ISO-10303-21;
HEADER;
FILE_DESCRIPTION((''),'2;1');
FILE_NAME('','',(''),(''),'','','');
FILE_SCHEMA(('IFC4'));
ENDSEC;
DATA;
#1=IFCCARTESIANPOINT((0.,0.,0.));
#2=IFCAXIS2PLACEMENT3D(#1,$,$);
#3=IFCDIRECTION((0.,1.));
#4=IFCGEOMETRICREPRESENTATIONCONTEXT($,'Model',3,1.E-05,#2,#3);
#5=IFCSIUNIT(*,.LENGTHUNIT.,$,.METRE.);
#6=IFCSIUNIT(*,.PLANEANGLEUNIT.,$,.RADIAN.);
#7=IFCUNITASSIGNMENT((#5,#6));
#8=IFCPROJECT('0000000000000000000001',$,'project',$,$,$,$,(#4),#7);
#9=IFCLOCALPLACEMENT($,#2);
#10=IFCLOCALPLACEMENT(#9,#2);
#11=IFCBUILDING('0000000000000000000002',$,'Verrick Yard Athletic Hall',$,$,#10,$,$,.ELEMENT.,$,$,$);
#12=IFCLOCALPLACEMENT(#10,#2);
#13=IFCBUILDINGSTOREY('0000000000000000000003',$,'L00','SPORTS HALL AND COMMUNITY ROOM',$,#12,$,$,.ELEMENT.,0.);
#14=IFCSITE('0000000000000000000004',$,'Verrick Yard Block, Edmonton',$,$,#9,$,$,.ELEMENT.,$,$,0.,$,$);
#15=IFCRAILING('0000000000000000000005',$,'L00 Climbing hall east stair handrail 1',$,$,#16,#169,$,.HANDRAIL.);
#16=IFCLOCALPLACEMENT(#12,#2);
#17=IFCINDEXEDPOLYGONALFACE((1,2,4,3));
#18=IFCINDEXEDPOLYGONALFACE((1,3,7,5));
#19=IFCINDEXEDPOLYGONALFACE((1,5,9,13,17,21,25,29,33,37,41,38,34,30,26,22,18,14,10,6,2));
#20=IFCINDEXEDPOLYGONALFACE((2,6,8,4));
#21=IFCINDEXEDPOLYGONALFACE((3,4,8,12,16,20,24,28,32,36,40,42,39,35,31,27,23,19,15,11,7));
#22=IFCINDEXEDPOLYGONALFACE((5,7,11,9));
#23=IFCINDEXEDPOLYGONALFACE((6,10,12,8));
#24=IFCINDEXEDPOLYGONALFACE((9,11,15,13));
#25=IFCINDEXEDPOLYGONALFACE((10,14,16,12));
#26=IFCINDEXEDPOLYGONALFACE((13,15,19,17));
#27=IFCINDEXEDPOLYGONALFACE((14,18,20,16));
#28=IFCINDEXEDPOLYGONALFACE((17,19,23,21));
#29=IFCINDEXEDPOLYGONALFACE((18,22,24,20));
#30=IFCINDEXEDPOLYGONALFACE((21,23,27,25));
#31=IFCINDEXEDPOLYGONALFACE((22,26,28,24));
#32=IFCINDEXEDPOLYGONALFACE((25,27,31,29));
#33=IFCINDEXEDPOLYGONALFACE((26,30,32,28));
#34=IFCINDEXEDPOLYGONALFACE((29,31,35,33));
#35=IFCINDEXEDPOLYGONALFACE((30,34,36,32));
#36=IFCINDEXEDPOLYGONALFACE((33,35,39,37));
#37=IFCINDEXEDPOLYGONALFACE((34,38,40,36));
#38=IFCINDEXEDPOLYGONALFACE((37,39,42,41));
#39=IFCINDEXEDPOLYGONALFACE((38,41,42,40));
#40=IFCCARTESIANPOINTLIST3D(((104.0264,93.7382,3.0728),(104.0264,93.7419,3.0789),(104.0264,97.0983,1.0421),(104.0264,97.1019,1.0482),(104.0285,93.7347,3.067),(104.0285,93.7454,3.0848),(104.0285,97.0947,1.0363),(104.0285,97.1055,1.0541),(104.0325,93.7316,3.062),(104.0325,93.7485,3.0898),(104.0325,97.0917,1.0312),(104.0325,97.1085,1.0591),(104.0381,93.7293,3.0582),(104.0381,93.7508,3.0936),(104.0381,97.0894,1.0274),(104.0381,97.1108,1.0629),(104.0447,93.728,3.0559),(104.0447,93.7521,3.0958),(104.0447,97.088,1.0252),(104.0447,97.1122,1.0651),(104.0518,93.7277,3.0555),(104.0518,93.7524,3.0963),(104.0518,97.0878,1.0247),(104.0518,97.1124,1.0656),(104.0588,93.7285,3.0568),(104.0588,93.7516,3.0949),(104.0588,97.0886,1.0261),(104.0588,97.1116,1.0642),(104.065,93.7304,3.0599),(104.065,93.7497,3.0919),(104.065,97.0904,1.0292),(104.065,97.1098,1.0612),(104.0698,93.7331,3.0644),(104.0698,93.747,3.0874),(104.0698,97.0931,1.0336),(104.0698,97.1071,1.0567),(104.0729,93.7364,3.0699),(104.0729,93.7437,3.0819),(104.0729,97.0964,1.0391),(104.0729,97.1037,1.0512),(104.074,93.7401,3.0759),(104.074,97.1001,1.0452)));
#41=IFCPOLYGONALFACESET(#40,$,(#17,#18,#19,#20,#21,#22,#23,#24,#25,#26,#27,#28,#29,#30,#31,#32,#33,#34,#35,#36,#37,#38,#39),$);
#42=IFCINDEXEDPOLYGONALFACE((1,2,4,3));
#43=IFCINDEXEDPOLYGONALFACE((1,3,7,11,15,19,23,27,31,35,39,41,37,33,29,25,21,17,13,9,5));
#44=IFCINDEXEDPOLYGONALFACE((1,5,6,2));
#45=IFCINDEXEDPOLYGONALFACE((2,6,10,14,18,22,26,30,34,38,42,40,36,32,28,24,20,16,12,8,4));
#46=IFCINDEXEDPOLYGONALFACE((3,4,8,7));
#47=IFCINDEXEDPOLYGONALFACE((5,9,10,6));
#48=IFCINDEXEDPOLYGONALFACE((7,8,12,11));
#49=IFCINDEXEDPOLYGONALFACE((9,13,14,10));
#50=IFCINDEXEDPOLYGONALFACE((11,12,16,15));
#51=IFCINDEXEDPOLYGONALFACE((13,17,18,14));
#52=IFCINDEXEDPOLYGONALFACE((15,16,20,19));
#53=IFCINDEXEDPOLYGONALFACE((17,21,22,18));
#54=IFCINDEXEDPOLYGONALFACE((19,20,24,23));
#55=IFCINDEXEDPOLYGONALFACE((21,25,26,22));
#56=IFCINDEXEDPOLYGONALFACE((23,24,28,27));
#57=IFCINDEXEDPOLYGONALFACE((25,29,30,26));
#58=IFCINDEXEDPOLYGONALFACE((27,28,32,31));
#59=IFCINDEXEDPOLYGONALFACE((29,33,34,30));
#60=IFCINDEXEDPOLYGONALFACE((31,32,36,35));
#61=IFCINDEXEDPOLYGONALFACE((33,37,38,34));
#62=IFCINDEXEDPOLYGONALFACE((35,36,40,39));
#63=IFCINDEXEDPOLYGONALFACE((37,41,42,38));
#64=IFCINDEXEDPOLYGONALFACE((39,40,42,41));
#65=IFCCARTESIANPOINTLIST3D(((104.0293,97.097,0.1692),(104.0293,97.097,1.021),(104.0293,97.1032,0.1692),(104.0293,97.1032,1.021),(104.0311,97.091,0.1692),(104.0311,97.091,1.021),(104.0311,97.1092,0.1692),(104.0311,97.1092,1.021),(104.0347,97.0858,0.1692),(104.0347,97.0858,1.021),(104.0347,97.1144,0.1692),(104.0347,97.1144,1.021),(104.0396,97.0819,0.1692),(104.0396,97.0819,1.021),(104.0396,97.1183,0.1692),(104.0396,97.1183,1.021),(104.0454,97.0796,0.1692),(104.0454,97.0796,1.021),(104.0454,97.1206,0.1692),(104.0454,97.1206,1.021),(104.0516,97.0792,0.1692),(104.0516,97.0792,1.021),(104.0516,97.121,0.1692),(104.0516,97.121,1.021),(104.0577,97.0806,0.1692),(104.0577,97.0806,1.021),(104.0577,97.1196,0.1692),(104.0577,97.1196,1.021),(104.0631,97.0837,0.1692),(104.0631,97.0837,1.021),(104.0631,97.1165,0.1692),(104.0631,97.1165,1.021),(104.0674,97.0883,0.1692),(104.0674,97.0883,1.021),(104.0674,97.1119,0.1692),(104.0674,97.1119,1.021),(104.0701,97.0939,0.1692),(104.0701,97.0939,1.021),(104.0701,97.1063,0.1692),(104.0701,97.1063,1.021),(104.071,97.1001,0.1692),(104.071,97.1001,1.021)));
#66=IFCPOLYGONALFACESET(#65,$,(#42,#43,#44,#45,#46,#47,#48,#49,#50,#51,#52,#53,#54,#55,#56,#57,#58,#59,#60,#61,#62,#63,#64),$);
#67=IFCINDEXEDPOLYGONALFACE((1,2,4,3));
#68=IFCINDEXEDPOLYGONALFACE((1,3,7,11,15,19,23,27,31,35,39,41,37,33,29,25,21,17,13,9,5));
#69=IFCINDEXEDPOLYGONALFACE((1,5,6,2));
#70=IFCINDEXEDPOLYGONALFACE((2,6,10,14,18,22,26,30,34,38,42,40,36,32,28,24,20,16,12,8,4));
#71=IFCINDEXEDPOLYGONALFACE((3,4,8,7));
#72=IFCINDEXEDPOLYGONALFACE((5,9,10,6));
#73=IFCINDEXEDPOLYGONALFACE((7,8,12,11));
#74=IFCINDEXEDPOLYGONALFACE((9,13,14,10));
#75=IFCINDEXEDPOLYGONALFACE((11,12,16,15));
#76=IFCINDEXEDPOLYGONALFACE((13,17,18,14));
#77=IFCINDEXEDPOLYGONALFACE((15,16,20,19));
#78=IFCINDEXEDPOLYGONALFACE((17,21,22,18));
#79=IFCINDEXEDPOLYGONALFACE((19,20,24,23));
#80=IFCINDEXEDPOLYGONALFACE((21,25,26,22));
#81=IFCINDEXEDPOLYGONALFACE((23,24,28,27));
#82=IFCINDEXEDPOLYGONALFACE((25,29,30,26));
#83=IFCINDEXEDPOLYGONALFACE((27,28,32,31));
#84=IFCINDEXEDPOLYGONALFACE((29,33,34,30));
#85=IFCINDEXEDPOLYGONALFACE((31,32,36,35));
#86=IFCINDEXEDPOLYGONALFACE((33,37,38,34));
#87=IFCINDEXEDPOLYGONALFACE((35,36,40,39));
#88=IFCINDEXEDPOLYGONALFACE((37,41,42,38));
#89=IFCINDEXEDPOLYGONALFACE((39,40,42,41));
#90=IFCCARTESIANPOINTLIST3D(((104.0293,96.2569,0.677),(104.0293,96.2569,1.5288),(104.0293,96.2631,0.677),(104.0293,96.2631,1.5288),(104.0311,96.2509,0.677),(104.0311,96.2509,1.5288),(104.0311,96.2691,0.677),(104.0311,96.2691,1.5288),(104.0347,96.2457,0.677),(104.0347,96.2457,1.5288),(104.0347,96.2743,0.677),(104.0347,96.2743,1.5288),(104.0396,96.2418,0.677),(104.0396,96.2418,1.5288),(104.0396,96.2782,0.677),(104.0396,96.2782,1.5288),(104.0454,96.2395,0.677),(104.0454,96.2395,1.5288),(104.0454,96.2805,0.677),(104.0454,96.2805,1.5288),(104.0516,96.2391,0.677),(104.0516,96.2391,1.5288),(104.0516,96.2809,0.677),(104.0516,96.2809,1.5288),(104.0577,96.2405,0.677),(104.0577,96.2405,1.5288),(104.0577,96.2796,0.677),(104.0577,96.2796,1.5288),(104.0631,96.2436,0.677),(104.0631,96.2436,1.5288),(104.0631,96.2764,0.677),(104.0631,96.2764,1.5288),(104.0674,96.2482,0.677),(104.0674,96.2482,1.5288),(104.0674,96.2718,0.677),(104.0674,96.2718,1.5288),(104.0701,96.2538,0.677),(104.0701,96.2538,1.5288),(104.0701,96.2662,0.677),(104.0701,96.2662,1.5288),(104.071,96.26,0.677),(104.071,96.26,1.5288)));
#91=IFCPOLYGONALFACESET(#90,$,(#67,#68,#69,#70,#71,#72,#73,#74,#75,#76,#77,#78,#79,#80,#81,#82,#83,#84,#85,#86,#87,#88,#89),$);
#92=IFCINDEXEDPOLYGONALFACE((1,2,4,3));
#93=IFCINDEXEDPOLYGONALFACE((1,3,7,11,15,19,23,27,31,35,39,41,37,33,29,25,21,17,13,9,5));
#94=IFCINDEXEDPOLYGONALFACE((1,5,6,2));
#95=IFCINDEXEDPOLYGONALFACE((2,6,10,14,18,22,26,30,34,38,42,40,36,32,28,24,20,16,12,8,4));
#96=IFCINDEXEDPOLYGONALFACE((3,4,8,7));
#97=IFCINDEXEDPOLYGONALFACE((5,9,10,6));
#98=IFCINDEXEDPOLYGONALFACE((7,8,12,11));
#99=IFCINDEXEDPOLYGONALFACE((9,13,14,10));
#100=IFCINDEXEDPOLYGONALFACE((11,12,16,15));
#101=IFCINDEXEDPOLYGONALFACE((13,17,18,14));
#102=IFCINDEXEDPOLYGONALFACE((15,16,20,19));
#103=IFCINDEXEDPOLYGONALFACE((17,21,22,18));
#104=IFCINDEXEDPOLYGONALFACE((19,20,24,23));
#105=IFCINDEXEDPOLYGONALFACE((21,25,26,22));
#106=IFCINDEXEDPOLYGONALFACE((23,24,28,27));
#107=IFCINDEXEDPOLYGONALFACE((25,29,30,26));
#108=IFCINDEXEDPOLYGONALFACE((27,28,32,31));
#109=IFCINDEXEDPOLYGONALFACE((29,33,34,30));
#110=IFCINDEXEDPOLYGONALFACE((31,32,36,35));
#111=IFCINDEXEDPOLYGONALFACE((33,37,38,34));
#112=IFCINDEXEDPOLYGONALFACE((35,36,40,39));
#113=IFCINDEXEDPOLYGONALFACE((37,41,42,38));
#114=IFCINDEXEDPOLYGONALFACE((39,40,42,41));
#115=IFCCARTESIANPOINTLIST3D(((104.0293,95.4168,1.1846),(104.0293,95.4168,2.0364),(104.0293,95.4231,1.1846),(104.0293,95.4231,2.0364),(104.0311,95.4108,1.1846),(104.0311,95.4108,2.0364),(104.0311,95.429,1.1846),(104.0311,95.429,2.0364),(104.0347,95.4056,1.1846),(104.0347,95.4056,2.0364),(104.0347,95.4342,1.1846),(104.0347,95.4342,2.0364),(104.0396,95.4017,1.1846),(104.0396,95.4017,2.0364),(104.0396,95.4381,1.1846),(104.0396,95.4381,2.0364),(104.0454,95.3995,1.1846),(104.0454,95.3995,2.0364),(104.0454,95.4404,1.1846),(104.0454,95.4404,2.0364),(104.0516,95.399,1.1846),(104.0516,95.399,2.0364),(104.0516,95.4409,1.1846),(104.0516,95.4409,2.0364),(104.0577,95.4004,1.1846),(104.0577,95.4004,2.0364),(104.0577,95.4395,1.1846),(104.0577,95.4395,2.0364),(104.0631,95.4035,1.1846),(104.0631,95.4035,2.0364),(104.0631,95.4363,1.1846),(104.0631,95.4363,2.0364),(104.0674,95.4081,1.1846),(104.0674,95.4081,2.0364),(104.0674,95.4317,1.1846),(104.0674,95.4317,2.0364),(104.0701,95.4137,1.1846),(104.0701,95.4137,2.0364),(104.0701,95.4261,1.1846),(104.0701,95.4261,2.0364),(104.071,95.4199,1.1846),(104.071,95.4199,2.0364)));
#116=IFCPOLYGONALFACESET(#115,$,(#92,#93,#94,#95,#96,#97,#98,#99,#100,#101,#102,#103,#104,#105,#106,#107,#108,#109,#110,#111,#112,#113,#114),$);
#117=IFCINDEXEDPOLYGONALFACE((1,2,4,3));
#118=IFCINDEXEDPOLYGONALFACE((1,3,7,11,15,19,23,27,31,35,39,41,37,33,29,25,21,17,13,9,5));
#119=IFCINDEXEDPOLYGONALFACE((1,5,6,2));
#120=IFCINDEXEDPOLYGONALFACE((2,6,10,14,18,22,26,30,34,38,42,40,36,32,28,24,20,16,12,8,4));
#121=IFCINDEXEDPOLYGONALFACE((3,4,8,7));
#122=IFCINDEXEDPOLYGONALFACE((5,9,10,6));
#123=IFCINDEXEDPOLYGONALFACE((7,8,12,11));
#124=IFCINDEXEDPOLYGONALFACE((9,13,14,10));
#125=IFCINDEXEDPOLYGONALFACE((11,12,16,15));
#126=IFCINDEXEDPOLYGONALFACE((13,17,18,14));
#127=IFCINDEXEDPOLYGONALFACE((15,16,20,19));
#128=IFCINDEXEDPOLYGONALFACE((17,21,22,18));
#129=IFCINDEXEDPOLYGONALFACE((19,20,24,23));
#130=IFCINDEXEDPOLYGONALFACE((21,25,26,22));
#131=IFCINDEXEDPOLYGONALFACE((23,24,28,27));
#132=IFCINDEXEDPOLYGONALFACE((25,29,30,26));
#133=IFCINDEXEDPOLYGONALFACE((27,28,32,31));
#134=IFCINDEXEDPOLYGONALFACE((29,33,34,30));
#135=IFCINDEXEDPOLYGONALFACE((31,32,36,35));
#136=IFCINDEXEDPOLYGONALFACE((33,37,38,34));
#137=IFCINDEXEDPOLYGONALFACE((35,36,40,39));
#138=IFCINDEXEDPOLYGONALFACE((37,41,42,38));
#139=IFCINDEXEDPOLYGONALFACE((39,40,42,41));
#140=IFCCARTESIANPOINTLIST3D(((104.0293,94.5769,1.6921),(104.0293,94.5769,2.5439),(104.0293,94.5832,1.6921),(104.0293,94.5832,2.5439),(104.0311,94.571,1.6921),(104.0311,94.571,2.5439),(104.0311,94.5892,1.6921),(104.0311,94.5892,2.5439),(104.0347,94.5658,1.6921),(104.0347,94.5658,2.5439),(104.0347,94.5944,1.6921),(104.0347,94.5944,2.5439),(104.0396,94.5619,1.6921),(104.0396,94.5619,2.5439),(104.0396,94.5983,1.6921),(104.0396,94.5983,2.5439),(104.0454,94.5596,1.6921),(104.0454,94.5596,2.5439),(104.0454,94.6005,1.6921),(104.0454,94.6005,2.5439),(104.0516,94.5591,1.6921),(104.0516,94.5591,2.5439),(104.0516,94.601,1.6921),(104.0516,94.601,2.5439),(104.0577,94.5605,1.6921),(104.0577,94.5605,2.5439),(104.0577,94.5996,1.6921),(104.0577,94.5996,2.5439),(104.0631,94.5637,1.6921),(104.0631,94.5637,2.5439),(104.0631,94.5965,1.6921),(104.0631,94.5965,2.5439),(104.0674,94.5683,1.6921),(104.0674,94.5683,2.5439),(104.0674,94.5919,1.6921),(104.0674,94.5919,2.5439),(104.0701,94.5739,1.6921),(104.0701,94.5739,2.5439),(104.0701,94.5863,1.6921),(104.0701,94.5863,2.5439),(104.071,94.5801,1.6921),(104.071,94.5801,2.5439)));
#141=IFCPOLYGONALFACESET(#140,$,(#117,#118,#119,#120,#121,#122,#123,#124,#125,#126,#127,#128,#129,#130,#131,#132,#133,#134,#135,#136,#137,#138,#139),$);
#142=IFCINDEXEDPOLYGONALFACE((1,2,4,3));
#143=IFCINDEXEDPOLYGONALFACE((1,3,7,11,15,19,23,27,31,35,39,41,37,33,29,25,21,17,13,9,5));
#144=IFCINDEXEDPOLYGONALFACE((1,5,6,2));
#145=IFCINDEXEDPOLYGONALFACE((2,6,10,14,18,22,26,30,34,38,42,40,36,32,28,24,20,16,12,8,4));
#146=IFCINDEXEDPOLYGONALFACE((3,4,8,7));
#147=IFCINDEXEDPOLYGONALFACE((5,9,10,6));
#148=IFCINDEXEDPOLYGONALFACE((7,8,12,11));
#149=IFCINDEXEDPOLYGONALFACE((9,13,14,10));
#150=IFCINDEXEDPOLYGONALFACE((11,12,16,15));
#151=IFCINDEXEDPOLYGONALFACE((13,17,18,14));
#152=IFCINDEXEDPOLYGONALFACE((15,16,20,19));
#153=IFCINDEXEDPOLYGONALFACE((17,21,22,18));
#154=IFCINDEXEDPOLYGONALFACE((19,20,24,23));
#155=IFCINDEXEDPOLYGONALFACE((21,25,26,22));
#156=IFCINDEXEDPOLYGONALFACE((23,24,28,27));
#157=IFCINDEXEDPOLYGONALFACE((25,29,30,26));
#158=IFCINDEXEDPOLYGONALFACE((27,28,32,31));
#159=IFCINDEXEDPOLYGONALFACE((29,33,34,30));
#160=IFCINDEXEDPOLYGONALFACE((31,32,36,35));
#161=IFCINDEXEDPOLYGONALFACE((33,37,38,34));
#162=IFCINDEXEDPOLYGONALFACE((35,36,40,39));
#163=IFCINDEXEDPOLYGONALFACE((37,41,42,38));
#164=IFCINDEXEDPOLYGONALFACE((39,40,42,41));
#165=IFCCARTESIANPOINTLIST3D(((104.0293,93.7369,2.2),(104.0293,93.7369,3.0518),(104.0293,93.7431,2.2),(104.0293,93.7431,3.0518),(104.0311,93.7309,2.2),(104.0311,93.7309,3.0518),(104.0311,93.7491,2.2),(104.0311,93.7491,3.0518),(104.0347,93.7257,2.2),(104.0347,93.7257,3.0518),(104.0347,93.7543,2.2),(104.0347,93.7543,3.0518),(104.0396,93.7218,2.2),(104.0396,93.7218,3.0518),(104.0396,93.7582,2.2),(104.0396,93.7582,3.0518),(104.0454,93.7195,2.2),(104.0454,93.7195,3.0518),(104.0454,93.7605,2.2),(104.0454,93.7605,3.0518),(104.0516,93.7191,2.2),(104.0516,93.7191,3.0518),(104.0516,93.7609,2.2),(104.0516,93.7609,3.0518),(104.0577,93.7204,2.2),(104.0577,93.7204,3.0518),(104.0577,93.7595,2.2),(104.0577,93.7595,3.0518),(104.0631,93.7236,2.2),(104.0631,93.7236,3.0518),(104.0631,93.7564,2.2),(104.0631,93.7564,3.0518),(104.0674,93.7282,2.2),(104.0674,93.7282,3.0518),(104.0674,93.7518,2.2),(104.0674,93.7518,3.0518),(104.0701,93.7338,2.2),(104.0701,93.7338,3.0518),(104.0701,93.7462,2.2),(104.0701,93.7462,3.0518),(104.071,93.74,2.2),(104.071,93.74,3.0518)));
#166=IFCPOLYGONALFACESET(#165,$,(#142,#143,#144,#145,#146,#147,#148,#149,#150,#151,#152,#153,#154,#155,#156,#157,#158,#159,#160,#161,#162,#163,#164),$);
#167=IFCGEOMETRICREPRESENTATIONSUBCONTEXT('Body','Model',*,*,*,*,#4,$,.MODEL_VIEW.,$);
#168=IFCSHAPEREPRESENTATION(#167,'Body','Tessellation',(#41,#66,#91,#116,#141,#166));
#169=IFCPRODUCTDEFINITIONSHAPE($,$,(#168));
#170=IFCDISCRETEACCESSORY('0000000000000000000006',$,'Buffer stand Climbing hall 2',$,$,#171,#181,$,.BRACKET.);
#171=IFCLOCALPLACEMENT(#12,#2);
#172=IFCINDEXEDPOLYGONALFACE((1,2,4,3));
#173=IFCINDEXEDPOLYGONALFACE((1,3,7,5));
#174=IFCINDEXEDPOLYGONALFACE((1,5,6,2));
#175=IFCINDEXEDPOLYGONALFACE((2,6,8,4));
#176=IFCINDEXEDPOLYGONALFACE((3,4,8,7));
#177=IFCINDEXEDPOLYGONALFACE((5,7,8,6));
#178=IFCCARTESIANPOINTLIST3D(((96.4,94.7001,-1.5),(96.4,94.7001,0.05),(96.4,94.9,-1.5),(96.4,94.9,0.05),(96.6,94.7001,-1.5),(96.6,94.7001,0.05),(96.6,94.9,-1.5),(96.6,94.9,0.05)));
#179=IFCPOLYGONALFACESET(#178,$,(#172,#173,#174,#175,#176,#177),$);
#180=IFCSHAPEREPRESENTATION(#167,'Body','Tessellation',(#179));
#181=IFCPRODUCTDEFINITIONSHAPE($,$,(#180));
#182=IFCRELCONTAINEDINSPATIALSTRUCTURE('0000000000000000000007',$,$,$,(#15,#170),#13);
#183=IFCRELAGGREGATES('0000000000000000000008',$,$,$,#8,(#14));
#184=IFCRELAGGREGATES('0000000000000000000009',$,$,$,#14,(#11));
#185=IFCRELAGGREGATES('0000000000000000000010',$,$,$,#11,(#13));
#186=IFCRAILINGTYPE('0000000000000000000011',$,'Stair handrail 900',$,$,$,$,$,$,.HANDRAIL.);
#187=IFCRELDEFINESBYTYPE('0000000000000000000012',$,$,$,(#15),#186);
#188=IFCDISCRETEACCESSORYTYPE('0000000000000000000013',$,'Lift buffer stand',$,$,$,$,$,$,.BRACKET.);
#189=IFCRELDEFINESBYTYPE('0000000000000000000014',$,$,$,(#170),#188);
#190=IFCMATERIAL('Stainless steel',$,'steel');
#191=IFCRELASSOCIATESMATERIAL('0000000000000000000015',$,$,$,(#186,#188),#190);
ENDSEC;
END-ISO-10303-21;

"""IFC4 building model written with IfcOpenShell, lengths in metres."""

from ifc_helpers import new_model, si_unit, direction, frame, origin, origin_2d, place, context, subcontext, project, spatial, rectangle, circle, extrude, material, type_object, element, save


model = new_model("IFC4")

# Units and contexts
model_context = context("Model", 3, precision=1e-05, world=origin(), true_north=direction((0.0, 1.0)))
body_context = subcontext(model_context, "Body", "Model", "MODEL_VIEW")
ifc_project = project(units=[si_unit("LENGTHUNIT", "METRE"), si_unit("PLANEANGLEUNIT", "RADIAN")], contexts=[model_context])

# Site, building, storey
site_placement = place(None, origin())
site = spatial("IfcSite", under=ifc_project, at=site_placement, Name="Verrick Yard Block, Edmonton", CompositionType="ELEMENT", RefElevation=0.0)
building_placement = place(site_placement, origin())
building = spatial("IfcBuilding", under=site, at=building_placement, Name="Verrick Yard Athletic Hall", CompositionType="ELEMENT")
storey_placement = place(building_placement, origin())
storey = spatial("IfcBuildingStorey", under=building, at=storey_placement, Name="L00", Description="SPORTS HALL AND COMMUNITY ROOM", CompositionType="ELEMENT", Elevation=0.0)

# Railing
ifc_material_1 = material(Name="Stainless steel", Category="steel")
railing_type_1 = type_object("IfcRailingType", Name="Stair handrail 900", PredefinedType="HANDRAIL", material=ifc_material_1)
railing_1_placement = place(storey_placement, frame((104.05, 97.1001, 0.1692)))
element("IfcRailing", 1, at=railing_1_placement, inside=storey, type_object=railing_type_1, Name="L00 Climbing hall east stair handrail 1", PredefinedType="HANDRAIL", context=body_context, shape_type="SweptSolid", body=[
    extrude(circle(Radius=0.0239, at=origin_2d()), frame((0.0, 0.0, 0.876), z_axis=(0.0, -0.855837, 0.517246), x_axis=(1.0, 0.0, 0.0)), (0.0, 0.0, 1.0), 3.926),
    extrude(circle(Radius=0.021, at=origin_2d()), origin(), (0.0, 0.0, 1.0), 0.8518),
    extrude(circle(Radius=0.021, at=origin_2d()), frame((0.0, -0.8401, 0.5078)), (0.0, 0.0, 1.0), 0.8518),
    extrude(circle(Radius=0.021, at=origin_2d()), frame((0.0, -1.6802, 1.0154)), (0.0, 0.0, 1.0), 0.8518),
    extrude(circle(Radius=0.021, at=origin_2d()), frame((0.0, -2.52, 1.5229)), (0.0, 0.0, 1.0), 0.8518),
    extrude(circle(Radius=0.021, at=origin_2d()), frame((0.0, -3.3601, 2.0308)), (0.0, 0.0, 1.0), 0.8518),
])

# Discrete accessory
discrete_accessory_type = type_object("IfcDiscreteAccessoryType", Name="Lift buffer stand", PredefinedType="BRACKET", material=ifc_material_1)
discrete_accessory_placement = place(storey_placement, frame((96.5, 94.8, -1.5), z_axis=(0.0, 0.0, 1.0), x_axis=(1.0, 0.0, 0.0)))
element("IfcDiscreteAccessory", 2, at=discrete_accessory_placement, inside=storey, type_object=discrete_accessory_type, Name="Buffer stand Climbing hall 2", PredefinedType="BRACKET", context=body_context, shape_type="SweptSolid", body=[
    extrude(rectangle(XDim=0.2, YDim=0.2, at=origin_2d()), origin(), (0.0, 0.0, 1.0), 1.55),
])

save(model, "model.ifc")
